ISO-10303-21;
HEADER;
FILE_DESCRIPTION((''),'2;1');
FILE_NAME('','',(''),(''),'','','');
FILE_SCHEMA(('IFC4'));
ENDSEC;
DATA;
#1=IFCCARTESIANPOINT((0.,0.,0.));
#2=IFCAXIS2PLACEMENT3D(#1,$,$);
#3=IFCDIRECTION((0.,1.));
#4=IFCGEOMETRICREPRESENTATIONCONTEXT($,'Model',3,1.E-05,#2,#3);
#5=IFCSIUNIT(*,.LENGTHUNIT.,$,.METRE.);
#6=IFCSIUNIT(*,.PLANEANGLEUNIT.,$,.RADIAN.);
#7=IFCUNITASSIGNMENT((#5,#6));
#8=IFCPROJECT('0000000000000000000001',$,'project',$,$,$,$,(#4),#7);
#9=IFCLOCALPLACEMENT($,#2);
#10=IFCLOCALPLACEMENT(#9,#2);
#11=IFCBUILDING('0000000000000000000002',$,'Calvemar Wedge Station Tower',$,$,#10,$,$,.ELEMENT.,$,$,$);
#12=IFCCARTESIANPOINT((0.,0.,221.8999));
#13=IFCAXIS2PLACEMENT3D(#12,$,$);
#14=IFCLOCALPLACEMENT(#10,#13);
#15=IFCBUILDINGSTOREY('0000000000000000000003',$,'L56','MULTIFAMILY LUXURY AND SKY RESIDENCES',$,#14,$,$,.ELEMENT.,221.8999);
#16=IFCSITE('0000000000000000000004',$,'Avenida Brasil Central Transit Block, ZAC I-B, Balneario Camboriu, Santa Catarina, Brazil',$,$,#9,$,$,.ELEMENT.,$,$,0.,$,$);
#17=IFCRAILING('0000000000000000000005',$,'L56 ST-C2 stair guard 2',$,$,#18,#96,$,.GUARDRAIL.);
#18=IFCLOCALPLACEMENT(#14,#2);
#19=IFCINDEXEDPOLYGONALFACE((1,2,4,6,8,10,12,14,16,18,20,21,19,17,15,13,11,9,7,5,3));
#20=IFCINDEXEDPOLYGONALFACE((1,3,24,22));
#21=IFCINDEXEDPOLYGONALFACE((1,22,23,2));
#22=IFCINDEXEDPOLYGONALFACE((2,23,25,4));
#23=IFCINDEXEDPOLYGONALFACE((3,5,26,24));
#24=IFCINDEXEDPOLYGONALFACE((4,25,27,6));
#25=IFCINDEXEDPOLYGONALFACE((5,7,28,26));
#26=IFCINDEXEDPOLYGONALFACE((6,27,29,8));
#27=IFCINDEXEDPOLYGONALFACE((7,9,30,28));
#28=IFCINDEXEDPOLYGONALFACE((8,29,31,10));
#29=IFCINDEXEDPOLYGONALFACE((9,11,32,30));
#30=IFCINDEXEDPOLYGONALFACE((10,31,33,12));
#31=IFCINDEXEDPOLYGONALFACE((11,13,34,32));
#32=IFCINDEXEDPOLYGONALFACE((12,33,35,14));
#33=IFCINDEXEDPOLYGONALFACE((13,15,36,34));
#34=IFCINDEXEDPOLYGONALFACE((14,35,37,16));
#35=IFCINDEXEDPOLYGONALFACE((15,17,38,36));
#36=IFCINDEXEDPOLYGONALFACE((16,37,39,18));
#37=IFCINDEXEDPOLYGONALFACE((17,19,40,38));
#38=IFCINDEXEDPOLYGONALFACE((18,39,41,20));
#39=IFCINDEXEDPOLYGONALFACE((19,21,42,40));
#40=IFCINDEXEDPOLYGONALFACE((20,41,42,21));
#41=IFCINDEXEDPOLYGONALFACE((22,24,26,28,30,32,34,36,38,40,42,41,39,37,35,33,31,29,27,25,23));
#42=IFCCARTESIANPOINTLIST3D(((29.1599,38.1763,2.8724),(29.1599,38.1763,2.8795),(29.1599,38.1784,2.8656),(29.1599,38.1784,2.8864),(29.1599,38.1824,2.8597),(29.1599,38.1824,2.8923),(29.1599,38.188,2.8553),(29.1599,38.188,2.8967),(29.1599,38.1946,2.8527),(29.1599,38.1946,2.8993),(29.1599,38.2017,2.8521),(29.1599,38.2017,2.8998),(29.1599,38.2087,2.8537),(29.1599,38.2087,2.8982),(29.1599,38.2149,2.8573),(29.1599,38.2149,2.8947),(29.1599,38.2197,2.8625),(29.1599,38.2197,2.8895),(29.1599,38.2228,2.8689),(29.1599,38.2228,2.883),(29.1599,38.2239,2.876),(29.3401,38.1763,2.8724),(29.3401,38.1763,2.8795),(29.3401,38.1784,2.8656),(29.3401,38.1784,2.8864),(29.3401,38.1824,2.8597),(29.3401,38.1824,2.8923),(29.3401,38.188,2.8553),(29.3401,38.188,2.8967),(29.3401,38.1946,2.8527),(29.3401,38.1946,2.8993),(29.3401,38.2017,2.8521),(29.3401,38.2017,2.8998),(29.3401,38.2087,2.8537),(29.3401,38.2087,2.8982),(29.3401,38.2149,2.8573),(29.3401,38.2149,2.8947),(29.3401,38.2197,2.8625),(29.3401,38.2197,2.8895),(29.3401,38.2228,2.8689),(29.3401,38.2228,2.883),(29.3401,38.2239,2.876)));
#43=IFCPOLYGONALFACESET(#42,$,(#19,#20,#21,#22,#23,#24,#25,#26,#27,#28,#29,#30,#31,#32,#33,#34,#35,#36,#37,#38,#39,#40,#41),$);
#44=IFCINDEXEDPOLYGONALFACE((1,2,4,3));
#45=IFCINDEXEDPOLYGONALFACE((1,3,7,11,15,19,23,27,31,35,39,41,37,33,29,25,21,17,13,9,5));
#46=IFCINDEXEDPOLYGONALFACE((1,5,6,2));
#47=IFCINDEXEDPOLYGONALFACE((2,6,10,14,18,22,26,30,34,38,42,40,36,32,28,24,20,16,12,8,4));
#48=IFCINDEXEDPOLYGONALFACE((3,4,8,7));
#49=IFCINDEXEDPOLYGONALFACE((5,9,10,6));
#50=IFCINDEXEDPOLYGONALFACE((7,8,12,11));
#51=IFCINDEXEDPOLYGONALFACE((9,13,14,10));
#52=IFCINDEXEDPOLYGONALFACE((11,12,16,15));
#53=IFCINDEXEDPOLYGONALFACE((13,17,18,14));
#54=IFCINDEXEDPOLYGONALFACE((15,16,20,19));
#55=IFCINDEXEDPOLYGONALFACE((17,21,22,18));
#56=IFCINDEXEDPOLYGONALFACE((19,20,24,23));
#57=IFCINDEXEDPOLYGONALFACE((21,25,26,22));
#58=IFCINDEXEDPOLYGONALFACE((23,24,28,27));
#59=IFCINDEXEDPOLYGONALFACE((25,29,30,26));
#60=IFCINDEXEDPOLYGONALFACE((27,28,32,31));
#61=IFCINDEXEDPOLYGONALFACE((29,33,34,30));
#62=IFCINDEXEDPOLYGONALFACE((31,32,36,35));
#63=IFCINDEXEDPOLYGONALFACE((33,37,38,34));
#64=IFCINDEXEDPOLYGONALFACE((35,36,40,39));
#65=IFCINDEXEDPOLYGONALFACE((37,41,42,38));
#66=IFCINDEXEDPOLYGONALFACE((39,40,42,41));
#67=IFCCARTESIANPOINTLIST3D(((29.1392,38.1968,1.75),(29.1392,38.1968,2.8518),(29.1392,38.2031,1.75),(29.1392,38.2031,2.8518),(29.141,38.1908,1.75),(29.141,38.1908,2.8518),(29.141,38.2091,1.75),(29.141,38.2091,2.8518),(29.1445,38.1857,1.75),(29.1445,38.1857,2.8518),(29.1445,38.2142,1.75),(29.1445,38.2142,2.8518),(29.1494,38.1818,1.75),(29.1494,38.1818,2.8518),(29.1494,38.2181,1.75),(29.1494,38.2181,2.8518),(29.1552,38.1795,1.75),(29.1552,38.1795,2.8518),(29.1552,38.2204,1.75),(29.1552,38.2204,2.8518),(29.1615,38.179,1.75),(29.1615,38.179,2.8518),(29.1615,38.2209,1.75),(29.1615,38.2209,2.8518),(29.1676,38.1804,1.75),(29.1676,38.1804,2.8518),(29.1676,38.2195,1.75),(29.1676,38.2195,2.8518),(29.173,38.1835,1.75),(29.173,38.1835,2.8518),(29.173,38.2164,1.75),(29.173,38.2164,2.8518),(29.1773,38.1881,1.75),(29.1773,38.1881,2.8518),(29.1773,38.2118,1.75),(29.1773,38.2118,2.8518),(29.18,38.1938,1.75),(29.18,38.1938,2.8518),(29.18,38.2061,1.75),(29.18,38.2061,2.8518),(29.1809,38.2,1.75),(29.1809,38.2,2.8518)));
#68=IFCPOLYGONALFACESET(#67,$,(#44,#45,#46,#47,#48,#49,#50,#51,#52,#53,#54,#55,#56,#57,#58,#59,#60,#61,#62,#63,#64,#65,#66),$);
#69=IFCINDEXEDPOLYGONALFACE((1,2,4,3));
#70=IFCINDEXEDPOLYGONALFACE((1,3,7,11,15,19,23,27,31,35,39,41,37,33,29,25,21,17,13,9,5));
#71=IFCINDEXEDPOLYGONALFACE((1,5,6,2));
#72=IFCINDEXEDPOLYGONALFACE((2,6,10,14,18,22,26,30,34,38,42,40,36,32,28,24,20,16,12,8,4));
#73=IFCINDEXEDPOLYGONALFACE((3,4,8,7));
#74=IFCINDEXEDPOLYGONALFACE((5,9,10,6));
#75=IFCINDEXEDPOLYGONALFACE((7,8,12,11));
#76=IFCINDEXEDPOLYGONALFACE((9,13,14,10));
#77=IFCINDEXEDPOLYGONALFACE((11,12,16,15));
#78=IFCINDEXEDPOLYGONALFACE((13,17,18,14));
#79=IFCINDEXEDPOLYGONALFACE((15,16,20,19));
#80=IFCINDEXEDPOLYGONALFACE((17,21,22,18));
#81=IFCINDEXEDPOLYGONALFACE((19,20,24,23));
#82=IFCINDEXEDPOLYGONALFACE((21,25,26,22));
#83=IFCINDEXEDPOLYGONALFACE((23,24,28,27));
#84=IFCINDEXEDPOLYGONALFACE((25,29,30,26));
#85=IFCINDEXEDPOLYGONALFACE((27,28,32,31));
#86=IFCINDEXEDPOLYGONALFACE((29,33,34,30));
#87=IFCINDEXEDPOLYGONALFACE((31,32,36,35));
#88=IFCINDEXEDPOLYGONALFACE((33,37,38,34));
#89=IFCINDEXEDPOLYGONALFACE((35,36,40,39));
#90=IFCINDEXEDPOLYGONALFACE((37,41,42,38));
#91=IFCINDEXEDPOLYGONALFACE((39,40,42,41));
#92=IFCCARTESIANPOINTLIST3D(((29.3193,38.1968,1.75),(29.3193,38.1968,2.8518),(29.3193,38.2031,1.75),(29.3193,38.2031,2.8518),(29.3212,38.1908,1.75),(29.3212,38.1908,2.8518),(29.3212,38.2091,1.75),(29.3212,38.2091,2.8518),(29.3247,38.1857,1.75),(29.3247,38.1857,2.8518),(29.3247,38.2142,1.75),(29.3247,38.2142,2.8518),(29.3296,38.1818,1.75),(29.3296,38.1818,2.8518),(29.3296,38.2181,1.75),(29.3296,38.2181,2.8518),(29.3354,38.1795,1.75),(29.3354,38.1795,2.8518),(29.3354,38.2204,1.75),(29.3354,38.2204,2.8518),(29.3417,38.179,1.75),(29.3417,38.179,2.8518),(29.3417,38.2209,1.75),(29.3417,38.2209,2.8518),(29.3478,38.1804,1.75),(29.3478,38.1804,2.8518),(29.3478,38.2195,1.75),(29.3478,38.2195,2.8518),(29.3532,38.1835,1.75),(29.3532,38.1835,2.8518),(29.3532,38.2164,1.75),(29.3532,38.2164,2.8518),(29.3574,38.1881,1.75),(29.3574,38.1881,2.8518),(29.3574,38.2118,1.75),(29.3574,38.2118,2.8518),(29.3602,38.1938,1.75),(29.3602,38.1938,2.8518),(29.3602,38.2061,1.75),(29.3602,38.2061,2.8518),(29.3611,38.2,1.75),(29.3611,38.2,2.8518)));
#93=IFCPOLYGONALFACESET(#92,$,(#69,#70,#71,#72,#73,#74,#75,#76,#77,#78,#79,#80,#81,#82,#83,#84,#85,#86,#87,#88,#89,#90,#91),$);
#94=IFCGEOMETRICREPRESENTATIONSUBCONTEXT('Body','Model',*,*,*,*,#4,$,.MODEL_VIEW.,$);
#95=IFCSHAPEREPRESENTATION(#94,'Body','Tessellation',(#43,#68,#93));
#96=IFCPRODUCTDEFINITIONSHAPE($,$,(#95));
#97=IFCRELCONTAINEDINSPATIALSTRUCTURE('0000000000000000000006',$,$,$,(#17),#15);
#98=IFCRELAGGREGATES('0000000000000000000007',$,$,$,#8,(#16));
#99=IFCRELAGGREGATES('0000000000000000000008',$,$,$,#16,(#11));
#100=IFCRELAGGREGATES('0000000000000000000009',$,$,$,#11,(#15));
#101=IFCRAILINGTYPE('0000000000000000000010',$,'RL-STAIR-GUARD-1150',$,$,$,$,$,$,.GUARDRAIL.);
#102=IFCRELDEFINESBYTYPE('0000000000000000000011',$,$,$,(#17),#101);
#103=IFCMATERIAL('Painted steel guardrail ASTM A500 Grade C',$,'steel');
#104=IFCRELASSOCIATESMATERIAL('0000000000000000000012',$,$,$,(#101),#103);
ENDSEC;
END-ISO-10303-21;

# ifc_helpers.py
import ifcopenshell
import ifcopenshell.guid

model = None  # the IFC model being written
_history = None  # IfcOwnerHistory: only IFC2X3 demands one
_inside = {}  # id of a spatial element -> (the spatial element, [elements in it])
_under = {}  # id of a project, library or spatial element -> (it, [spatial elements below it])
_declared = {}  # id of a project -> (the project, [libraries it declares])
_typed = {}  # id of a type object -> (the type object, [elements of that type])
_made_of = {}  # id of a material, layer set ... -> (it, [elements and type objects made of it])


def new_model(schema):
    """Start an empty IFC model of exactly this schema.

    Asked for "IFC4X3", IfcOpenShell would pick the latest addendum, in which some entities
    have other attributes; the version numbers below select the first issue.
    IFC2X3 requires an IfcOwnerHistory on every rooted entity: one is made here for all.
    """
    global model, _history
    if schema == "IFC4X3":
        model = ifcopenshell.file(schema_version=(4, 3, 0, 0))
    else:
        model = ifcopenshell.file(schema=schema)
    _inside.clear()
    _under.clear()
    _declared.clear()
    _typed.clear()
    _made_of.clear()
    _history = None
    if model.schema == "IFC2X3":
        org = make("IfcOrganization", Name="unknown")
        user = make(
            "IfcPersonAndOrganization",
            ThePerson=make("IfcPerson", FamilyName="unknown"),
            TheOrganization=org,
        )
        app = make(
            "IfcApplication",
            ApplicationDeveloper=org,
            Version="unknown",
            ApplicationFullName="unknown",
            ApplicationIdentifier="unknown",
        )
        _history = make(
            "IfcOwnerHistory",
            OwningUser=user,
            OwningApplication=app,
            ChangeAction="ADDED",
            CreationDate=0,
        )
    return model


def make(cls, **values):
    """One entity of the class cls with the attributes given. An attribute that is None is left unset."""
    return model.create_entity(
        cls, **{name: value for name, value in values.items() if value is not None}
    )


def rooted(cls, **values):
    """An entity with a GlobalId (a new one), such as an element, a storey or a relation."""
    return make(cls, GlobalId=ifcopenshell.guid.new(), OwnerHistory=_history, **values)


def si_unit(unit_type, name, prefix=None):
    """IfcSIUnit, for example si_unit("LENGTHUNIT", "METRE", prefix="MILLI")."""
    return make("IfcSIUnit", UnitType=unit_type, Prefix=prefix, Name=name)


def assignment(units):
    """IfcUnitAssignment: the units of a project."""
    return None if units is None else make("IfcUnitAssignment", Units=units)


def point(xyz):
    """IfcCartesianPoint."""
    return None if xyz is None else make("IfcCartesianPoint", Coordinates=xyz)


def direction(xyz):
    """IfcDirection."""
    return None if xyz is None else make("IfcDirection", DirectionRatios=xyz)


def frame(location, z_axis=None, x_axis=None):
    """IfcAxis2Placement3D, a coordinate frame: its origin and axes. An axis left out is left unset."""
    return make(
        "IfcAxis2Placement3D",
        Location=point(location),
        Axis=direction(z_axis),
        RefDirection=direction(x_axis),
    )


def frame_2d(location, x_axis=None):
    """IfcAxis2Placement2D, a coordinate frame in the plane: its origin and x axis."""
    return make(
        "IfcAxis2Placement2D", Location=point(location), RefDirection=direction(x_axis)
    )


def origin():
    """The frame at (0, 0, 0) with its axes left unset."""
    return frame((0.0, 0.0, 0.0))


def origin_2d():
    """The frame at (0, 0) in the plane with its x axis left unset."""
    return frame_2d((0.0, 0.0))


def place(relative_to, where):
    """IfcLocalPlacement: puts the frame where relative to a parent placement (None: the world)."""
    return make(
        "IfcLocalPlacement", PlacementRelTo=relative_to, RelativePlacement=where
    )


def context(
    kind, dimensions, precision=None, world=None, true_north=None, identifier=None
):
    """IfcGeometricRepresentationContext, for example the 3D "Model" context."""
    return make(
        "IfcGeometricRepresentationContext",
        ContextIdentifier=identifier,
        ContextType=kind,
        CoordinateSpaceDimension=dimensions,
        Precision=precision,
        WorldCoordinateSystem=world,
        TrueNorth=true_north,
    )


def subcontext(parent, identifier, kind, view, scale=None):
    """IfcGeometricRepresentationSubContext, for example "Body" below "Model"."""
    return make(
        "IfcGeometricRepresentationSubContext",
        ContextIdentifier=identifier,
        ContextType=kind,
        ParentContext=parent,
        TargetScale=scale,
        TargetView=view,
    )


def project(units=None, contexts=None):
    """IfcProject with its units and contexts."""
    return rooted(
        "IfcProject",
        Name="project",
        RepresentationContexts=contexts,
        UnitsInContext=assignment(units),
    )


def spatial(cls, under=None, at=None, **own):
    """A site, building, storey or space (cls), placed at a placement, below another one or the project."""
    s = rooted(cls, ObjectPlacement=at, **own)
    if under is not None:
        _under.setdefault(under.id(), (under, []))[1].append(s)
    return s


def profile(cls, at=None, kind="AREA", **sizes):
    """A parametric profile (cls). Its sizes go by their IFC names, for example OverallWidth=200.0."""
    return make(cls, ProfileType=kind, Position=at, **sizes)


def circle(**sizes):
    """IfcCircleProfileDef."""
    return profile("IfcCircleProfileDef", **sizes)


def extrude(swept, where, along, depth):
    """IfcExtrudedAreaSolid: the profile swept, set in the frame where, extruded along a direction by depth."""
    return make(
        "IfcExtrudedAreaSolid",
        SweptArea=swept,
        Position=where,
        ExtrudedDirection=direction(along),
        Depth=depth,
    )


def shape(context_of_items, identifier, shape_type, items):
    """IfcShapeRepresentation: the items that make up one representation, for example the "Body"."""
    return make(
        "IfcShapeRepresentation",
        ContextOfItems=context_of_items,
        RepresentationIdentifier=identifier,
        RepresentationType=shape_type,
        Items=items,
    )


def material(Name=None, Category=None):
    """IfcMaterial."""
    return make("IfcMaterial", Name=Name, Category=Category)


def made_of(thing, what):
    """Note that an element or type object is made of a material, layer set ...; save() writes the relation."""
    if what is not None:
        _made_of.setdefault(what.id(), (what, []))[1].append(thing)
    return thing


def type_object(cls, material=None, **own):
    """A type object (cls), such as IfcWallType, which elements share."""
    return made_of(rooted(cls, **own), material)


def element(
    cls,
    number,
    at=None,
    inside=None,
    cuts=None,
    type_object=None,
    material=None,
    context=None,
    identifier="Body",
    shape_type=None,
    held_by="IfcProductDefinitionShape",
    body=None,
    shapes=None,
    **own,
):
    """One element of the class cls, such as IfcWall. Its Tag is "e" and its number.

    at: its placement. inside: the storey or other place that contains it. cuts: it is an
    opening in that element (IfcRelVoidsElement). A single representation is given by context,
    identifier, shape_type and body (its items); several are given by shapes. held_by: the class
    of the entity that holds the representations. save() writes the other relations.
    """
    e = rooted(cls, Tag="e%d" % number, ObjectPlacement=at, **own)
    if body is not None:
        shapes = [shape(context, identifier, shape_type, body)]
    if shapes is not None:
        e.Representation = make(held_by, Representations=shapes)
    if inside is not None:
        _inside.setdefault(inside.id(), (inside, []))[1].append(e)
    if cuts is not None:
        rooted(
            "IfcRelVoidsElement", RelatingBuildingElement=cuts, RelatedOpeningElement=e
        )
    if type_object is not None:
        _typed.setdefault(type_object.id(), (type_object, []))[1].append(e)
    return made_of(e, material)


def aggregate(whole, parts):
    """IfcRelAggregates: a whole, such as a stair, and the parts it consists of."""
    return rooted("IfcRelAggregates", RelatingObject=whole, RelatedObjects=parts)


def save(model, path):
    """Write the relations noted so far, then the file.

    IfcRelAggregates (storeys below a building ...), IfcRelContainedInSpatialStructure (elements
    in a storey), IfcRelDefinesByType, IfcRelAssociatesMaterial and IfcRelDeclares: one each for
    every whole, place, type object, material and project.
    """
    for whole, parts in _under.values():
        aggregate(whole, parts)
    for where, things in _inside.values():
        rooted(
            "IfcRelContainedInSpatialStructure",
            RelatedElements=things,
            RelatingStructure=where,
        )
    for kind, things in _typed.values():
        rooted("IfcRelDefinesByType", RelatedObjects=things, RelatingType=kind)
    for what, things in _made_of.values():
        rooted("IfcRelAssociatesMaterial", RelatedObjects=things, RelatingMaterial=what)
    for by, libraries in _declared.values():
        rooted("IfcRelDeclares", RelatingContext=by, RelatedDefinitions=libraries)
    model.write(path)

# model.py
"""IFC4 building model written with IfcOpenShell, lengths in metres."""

from ifc_helpers import new_model, si_unit, direction, frame, origin, origin_2d, place, context, subcontext, project, spatial, circle, extrude, material, type_object, element, save


model = new_model("IFC4")

# Units and contexts
model_context = context("Model", 3, precision=1e-05, world=origin(), true_north=direction((0.0, 1.0)))
body_context = subcontext(model_context, "Body", "Model", "MODEL_VIEW")
ifc_project = project(units=[si_unit("LENGTHUNIT", "METRE"), si_unit("PLANEANGLEUNIT", "RADIAN")], contexts=[model_context])

# Site, building, storey
site_placement = place(None, origin())
site = spatial("IfcSite", under=ifc_project, at=site_placement, Name="Avenida Brasil Central Transit Block, ZAC I-B, Balneario Camboriu, Santa Catarina, Brazil", CompositionType="ELEMENT", RefElevation=0.0)
building_placement = place(site_placement, origin())
building = spatial("IfcBuilding", under=site, at=building_placement, Name="Calvemar Wedge Station Tower", CompositionType="ELEMENT")
storey_placement = place(building_placement, frame((0.0, 0.0, 221.8999)))
storey = spatial("IfcBuildingStorey", under=building, at=storey_placement, Name="L56", Description="MULTIFAMILY LUXURY AND SKY RESIDENCES", CompositionType="ELEMENT", Elevation=221.8999)

# Railing
ifc_material_1 = material(Name="Painted steel guardrail ASTM A500 Grade C", Category="steel")
railing_type_1 = type_object("IfcRailingType", Name="RL-STAIR-GUARD-1150", PredefinedType="GUARDRAIL", material=ifc_material_1)
railing_1_placement = place(storey_placement, frame((29.1599, 38.2, 1.75)))
element("IfcRailing", 1, at=railing_1_placement, inside=storey, type_object=railing_type_1, Name="L56 ST-C2 stair guard 2", PredefinedType="GUARDRAIL", context=body_context, shape_type="SweptSolid", body=[
    extrude(circle(Radius=0.0239, at=origin_2d()), frame((0.0, 0.0, 1.126), z_axis=(1.0, 0.0, 0.0), x_axis=(0.0, 1.0, 0.0)), (0.0, 0.0, 1.0), 0.1802),
    extrude(circle(Radius=0.021, at=origin_2d()), origin(), (0.0, 0.0, 1.0), 1.1018),
    extrude(circle(Radius=0.021, at=origin_2d()), frame((0.1802, 0.0, 0.0)), (0.0, 0.0, 1.0), 1.1018),
])

save(model, "model.ifc")
